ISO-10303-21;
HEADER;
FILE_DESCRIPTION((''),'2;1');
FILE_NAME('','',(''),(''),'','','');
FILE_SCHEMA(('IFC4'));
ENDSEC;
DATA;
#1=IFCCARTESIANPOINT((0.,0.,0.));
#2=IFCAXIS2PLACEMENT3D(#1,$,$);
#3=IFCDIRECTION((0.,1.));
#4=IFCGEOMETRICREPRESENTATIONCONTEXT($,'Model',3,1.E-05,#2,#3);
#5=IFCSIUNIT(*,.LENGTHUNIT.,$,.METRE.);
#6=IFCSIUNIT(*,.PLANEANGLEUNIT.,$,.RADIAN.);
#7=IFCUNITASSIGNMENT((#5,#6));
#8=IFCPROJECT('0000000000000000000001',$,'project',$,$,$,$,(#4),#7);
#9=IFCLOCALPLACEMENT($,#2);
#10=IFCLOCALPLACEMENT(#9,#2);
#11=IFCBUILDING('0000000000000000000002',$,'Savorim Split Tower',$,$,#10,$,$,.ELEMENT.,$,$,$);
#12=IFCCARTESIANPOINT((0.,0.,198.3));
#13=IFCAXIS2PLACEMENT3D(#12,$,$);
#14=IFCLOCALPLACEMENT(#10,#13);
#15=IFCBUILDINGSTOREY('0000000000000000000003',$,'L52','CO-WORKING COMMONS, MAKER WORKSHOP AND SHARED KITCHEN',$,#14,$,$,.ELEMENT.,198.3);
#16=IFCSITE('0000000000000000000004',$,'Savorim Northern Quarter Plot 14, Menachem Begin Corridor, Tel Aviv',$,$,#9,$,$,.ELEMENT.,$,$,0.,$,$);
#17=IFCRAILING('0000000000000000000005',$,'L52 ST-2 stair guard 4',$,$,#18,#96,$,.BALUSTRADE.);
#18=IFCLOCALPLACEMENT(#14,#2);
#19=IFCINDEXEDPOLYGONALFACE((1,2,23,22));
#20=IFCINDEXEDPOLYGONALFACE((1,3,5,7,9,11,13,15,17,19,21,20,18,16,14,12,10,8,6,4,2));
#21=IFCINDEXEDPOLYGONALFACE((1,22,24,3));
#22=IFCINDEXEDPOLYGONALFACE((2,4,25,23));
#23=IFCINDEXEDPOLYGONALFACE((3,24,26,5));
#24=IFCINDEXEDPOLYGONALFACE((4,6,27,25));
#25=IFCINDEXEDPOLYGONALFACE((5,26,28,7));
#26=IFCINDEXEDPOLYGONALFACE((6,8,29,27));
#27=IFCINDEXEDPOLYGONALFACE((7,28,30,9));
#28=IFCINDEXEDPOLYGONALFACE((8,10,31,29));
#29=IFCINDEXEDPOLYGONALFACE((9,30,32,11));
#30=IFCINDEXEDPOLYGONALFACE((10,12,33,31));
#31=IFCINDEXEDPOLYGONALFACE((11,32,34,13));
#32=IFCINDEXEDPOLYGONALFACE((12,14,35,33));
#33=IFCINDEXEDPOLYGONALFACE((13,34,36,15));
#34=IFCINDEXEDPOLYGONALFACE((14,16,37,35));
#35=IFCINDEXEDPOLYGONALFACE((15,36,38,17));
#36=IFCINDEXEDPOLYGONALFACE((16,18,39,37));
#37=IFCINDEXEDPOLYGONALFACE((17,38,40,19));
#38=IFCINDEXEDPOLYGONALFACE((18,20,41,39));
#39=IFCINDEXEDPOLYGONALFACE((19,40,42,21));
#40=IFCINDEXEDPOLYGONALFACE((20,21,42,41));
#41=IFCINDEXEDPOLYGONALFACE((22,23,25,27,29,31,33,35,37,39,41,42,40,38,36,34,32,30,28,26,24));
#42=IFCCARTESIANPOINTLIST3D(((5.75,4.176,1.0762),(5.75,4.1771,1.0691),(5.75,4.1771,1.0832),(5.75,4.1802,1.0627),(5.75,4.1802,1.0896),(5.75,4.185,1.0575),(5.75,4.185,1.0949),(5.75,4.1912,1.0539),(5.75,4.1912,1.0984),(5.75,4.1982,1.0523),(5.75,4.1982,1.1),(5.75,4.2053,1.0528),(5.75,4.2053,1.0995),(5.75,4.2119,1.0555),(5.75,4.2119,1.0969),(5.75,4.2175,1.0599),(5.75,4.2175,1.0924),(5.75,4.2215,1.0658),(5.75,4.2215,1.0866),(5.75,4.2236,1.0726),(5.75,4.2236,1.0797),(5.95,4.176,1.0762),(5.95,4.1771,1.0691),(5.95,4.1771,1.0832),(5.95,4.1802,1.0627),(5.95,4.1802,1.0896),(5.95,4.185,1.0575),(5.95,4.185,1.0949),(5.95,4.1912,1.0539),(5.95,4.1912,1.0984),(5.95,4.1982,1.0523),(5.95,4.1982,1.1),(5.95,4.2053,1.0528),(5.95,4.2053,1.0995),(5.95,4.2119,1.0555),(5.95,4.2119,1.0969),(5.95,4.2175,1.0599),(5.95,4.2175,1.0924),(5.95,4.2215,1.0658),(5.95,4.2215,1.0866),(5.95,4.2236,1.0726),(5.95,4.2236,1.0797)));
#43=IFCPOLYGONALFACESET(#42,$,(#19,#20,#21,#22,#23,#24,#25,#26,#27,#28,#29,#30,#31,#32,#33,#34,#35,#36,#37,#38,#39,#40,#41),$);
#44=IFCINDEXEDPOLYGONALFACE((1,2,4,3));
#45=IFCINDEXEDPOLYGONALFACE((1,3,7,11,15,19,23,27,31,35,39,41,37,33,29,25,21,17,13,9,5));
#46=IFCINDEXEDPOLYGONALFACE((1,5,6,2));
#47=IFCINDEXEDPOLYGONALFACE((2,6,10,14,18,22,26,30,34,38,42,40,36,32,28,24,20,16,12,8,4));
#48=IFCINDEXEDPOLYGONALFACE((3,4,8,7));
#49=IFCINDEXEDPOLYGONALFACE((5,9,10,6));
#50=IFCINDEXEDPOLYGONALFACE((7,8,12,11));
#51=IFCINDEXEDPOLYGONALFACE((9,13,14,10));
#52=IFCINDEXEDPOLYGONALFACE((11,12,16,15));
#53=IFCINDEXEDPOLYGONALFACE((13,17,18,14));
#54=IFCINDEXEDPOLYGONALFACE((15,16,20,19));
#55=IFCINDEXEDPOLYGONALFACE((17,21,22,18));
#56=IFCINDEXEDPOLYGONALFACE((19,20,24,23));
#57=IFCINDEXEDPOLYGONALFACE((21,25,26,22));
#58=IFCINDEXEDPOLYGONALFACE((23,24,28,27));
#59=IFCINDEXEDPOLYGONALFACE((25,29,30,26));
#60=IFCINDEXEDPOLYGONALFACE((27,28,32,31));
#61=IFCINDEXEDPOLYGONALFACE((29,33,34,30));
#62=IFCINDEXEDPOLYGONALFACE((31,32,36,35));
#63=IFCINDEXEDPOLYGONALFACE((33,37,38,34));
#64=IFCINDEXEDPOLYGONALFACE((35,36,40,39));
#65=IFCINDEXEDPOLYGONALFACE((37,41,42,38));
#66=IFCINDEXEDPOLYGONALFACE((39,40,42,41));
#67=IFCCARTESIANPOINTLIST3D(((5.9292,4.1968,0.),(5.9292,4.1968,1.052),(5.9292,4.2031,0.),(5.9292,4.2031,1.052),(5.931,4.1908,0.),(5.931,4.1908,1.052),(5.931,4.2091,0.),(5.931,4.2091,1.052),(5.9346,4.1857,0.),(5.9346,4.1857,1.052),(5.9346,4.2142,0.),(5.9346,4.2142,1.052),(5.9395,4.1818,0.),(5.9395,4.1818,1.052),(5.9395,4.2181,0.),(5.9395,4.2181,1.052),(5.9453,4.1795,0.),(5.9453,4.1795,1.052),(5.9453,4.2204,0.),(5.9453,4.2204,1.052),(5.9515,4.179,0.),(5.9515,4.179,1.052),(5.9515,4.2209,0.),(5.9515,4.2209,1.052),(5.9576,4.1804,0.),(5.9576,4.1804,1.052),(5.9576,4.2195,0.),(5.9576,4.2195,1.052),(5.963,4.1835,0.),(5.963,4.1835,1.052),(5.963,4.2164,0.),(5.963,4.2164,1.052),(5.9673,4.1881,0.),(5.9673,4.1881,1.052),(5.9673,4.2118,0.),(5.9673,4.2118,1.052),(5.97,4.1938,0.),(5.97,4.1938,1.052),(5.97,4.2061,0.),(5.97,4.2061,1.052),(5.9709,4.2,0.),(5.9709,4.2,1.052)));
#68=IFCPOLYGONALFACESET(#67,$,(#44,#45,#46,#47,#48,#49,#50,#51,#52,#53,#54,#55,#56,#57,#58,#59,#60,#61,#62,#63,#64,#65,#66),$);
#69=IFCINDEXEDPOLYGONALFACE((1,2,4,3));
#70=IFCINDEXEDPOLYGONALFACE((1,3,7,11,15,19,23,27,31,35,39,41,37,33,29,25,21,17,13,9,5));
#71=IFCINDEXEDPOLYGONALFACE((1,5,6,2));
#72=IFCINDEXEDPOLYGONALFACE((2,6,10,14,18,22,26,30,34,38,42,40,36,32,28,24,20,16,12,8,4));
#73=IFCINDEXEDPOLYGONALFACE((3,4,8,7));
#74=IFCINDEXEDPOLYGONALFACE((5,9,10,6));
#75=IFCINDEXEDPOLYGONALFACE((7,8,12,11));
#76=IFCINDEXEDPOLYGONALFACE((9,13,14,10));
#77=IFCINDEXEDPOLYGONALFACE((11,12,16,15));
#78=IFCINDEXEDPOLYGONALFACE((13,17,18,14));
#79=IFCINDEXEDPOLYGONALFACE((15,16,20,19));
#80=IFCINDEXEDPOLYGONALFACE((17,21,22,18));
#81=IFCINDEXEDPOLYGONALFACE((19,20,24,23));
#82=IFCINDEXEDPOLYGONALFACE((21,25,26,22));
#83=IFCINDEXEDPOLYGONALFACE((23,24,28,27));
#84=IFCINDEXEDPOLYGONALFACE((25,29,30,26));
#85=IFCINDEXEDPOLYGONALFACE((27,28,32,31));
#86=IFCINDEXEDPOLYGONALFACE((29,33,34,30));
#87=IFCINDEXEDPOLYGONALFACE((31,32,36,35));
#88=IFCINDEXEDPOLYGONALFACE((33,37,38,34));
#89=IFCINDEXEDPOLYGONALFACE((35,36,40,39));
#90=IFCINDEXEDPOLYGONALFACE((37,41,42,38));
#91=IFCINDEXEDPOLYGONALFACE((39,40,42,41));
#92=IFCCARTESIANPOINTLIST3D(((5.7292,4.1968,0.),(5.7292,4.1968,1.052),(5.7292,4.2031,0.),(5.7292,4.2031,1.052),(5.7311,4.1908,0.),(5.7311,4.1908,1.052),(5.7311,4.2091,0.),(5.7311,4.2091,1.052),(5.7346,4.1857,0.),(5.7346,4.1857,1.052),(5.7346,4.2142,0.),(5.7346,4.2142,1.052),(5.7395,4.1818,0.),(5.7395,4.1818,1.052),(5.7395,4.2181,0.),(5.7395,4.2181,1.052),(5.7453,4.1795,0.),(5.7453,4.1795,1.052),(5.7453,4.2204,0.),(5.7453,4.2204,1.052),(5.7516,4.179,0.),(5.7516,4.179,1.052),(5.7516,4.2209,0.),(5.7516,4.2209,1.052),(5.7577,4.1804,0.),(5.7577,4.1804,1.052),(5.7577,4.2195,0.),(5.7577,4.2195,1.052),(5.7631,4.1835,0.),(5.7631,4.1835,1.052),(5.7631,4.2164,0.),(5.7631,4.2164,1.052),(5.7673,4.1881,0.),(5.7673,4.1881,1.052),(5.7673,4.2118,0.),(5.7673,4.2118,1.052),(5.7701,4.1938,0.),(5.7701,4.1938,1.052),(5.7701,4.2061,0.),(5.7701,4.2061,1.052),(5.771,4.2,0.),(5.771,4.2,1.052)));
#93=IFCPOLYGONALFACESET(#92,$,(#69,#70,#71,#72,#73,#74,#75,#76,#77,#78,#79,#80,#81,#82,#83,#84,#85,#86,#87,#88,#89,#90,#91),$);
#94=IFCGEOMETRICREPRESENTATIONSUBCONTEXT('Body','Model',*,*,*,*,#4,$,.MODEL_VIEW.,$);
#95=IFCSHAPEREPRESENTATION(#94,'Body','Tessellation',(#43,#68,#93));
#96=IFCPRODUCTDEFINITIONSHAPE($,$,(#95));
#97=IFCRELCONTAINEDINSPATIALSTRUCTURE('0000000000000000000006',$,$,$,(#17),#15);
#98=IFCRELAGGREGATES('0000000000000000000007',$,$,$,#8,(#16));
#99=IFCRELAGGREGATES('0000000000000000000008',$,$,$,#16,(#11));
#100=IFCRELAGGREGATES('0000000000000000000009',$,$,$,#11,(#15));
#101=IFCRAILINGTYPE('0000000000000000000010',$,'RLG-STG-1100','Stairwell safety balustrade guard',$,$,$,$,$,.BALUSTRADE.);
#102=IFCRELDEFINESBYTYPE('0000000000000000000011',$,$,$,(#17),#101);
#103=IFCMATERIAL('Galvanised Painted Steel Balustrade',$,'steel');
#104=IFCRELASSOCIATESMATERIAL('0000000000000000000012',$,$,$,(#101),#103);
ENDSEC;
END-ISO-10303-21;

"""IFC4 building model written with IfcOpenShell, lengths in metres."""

from ifc_helpers import new_model, si_unit, direction, frame, origin, origin_2d, place, context, subcontext, project, spatial, circle, extrude, material, type_object, element, save


model = new_model("IFC4")

# Units and contexts
model_context = context("Model", 3, precision=1e-05, world=origin(), true_north=direction((0.0, 1.0)))
body_context = subcontext(model_context, "Body", "Model", "MODEL_VIEW")
ifc_project = project(units=[si_unit("LENGTHUNIT", "METRE"), si_unit("PLANEANGLEUNIT", "RADIAN")], contexts=[model_context])

# Site, building, storey
site_placement = place(None, origin())
site = spatial("IfcSite", under=ifc_project, at=site_placement, Name="Savorim Northern Quarter Plot 14, Menachem Begin Corridor, Tel Aviv", CompositionType="ELEMENT", RefElevation=0.0)
building_placement = place(site_placement, origin())
building = spatial("IfcBuilding", under=site, at=building_placement, Name="Savorim Split Tower", CompositionType="ELEMENT")
storey_placement = place(building_placement, frame((0.0, 0.0, 198.3)))
storey = spatial("IfcBuildingStorey", under=building, at=storey_placement, Name="L52", Description="CO-WORKING COMMONS, MAKER WORKSHOP AND SHARED KITCHEN", CompositionType="ELEMENT", Elevation=198.3)

# Railing
ifc_material_1 = material(Name="Galvanised Painted Steel Balustrade", Category="steel")
railing_type_1 = type_object("IfcRailingType", Name="RLG-STG-1100", Description="Stairwell safety balustrade guard", PredefinedType="BALUSTRADE", material=ifc_material_1)
railing_1_placement = place(storey_placement, frame((5.95, 4.2, 0.0)))
element("IfcRailing", 1, at=railing_1_placement, inside=storey, type_object=railing_type_1, Name="L52 ST-2 stair guard 4", PredefinedType="BALUSTRADE", context=body_context, shape_type="SweptSolid", body=[
    extrude(circle(Radius=0.0239, at=origin_2d()), frame((0.0, 0.0, 1.0762), z_axis=(-1.0, 0.0, 0.0), x_axis=(0.0, -1.0, 0.0)), (0.0, 0.0, 1.0), 0.2),
    extrude(circle(Radius=0.021, at=origin_2d()), origin(), (0.0, 0.0, 1.0), 1.052),
    extrude(circle(Radius=0.021, at=origin_2d()), frame((-0.2, 0.0, 0.0)), (0.0, 0.0, 1.0), 1.052),
])

save(model, "model.ifc")
